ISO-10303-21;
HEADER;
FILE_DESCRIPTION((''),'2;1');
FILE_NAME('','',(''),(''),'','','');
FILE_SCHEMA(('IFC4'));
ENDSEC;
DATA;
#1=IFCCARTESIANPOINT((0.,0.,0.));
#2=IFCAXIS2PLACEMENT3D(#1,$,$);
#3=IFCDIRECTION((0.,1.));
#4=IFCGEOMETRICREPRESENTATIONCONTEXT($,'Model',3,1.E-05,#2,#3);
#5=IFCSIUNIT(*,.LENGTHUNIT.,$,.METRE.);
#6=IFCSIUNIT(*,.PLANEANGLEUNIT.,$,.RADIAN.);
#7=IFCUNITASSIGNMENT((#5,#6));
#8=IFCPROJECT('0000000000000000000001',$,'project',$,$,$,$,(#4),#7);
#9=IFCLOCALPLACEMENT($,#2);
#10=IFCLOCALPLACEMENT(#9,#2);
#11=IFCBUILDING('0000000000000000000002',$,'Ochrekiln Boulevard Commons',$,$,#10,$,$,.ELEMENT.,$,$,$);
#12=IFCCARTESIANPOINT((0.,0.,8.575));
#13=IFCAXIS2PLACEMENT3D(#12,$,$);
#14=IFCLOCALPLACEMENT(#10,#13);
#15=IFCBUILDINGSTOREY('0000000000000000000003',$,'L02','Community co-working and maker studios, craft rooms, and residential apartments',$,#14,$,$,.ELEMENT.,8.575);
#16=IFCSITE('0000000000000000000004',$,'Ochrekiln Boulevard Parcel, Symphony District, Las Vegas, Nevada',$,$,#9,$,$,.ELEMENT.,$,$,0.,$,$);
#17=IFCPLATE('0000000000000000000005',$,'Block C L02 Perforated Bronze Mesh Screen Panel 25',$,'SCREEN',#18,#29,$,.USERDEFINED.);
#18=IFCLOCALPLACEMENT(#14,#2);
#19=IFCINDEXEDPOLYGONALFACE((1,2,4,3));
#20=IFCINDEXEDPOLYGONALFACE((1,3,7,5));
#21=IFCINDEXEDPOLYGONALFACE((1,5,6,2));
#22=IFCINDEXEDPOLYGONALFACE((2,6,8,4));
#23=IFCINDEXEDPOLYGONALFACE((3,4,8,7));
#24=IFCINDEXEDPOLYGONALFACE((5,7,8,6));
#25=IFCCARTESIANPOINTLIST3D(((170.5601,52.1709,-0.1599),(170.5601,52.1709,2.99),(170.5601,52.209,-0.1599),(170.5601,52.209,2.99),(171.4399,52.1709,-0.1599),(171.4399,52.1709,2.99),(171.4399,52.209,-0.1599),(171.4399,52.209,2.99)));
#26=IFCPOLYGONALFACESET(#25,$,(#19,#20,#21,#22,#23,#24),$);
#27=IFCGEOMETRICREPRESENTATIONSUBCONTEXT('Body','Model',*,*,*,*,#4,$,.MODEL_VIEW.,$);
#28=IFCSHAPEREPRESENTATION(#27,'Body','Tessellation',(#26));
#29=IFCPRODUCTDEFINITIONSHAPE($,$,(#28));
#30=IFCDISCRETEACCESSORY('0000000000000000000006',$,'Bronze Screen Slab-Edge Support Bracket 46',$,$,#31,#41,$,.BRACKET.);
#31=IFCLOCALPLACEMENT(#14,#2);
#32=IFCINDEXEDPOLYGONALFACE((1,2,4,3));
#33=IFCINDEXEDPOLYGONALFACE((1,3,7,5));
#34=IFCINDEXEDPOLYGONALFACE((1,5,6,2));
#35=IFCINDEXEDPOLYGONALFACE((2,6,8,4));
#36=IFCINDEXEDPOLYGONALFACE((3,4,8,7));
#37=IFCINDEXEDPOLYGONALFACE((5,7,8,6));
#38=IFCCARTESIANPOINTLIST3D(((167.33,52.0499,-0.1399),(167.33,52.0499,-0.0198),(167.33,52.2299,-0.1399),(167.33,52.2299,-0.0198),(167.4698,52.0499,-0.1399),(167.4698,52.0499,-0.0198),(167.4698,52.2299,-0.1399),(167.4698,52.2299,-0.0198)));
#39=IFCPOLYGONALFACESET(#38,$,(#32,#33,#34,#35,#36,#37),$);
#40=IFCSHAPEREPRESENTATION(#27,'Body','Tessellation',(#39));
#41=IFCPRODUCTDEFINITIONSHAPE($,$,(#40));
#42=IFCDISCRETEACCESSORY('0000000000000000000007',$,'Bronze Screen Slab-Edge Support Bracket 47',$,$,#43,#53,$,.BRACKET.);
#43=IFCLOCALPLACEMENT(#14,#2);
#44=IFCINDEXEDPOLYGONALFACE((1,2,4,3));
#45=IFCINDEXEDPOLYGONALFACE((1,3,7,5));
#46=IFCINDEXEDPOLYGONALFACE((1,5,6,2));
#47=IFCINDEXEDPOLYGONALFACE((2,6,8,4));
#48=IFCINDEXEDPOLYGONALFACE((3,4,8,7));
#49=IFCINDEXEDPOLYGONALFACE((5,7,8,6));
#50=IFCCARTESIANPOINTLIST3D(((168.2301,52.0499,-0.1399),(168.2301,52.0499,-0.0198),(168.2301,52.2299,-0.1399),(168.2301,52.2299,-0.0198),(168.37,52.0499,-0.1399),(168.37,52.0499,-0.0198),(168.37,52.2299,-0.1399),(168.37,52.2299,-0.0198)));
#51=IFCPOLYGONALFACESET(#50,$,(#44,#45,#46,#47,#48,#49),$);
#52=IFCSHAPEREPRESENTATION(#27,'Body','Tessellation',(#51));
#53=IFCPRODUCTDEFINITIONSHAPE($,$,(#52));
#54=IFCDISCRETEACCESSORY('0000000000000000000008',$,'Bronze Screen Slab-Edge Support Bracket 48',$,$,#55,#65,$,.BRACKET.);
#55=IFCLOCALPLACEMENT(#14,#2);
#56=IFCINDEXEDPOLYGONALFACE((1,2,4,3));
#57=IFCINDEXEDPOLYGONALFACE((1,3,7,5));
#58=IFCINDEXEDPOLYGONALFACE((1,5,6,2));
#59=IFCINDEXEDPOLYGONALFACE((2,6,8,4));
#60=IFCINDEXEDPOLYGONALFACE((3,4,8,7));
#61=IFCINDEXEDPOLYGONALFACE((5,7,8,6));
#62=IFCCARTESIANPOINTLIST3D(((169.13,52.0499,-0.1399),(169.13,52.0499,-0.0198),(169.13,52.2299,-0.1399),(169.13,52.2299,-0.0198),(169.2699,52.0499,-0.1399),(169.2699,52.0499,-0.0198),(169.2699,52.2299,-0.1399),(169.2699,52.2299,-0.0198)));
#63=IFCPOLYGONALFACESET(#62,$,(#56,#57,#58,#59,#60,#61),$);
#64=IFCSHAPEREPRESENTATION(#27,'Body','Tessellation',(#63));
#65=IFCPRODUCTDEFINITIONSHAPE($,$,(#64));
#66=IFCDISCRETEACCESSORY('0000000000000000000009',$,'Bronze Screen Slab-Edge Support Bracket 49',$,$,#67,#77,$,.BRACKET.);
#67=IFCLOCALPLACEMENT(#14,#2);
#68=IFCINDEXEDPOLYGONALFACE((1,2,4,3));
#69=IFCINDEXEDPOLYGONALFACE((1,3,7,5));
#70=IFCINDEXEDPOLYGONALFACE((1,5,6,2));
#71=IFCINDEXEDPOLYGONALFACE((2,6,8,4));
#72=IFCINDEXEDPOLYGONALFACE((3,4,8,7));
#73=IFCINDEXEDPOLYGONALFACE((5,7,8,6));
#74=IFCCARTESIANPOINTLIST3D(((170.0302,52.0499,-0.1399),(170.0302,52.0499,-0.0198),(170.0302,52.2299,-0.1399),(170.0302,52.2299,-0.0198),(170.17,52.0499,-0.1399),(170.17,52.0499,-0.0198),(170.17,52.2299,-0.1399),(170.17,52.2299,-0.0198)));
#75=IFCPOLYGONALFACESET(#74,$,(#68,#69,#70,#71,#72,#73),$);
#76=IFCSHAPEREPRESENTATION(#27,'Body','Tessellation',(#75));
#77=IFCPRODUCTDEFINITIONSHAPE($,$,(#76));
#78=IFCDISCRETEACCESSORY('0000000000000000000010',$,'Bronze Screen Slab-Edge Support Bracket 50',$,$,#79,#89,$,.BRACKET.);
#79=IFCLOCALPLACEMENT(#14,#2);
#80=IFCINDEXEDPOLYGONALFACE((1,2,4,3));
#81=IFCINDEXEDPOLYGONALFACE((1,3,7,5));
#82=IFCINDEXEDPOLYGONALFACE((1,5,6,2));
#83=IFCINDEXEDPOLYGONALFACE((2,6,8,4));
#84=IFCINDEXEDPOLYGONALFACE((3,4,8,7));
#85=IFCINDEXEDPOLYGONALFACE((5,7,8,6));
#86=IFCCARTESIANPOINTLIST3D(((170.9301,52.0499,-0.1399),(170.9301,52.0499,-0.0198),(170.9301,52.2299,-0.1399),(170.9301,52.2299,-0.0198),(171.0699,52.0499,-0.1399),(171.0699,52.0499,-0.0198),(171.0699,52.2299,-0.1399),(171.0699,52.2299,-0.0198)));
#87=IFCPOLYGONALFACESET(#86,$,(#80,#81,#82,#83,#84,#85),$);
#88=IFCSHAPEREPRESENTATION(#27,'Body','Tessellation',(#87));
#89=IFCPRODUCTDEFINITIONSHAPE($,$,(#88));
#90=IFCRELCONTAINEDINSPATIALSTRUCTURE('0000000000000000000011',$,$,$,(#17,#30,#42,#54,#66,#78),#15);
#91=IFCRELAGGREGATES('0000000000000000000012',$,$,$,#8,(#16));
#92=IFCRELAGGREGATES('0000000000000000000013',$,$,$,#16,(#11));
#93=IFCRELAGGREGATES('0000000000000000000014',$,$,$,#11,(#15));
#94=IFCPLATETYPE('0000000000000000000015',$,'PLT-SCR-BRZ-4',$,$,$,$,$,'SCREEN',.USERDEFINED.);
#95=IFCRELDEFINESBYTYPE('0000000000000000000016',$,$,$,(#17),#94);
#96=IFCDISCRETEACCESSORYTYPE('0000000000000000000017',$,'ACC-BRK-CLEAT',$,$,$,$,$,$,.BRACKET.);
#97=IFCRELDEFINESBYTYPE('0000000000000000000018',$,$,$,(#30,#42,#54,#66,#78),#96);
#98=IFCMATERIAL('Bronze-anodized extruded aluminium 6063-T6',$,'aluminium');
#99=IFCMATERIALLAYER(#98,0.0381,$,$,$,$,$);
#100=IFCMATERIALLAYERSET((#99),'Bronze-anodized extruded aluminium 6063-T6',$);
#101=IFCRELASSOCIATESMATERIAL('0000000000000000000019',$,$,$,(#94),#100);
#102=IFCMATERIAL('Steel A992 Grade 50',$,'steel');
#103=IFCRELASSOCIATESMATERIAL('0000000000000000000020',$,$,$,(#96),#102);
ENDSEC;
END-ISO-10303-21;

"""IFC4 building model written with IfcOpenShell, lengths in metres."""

from ifc_helpers import new_model, si_unit, direction, frame, origin, origin_2d, place, context, subcontext, project, spatial, rectangle, extrude, material, layer, layer_set, type_object, element, save


model = new_model("IFC4")

# Units and contexts
model_context = context("Model", 3, precision=1e-05, world=origin(), true_north=direction((0.0, 1.0)))
body_context = subcontext(model_context, "Body", "Model", "MODEL_VIEW")
ifc_project = project(units=[si_unit("LENGTHUNIT", "METRE"), si_unit("PLANEANGLEUNIT", "RADIAN")], contexts=[model_context])

# Site, building, storey
site_placement = place(None, origin())
site = spatial("IfcSite", under=ifc_project, at=site_placement, Name="Ochrekiln Boulevard Parcel, Symphony District, Las Vegas, Nevada", CompositionType="ELEMENT", RefElevation=0.0)
building_placement = place(site_placement, origin())
building = spatial("IfcBuilding", under=site, at=building_placement, Name="Ochrekiln Boulevard Commons", CompositionType="ELEMENT")
storey_placement = place(building_placement, frame((0.0, 0.0, 8.575)))
storey = spatial("IfcBuildingStorey", under=building, at=storey_placement, Name="L02", Description="Community co-working and maker studios, craft rooms, and residential apartments", CompositionType="ELEMENT", Elevation=8.575)

# Shared definitions
ifc_material_1 = material(Name="Bronze-anodized extruded aluminium 6063-T6", Category="aluminium")

# Plate
ifc_layer_1 = layer(ifc_material_1, 0.0381)
ifc_layer_set_1 = layer_set([ifc_layer_1], Name="Bronze-anodized extruded aluminium 6063-T6")
plate_type = type_object("IfcPlateType", Name="PLT-SCR-BRZ-4", ElementType="SCREEN", PredefinedType="USERDEFINED", material=ifc_layer_set_1)
for number, where, z_axis, x_axis, name in (
    (1, (171.0, 52.1899, -0.1599), (0.0, 0.0, 1.0), (1.0, 0.0, 0.0), "Block C L02 Perforated Bronze Mesh Screen Panel 25"),
):
    element("IfcPlate", number, at=place(storey_placement, frame(where, z_axis=z_axis, x_axis=x_axis)), inside=storey, type_object=plate_type, Name=name, ObjectType="SCREEN", PredefinedType="USERDEFINED", context=body_context, shape_type="SweptSolid", body=[
        extrude(rectangle(XDim=0.8799, YDim=0.0381, at=origin_2d()), origin(), (0.0, 0.0, 1.0), 3.1499),
    ])

# Discrete accessories
ifc_material_2 = material(Name="Steel A992 Grade 50", Category="steel")
discrete_accessory_type = type_object("IfcDiscreteAccessoryType", Name="ACC-BRK-CLEAT", PredefinedType="BRACKET", material=ifc_material_2)
for number, where, z_axis, x_axis, name in (
    (2, (167.3999, 52.1399, -0.1399), (0.0, 0.0, 1.0), (1.0, 0.0, 0.0), "Bronze Screen Slab-Edge Support Bracket 46"),
    (3, (168.3, 52.1399, -0.1399), (0.0, 0.0, 1.0), (1.0, 0.0, 0.0), "Bronze Screen Slab-Edge Support Bracket 47"),
    (4, (169.2, 52.1399, -0.1399), (0.0, 0.0, 1.0), (1.0, 0.0, 0.0), "Bronze Screen Slab-Edge Support Bracket 48"),
    (5, (170.1001, 52.1399, -0.1399), (0.0, 0.0, 1.0), (1.0, 0.0, 0.0), "Bronze Screen Slab-Edge Support Bracket 49"),
    (6, (171.0, 52.1399, -0.1399), (0.0, 0.0, 1.0), (1.0, 0.0, 0.0), "Bronze Screen Slab-Edge Support Bracket 50"),
):
    element("IfcDiscreteAccessory", number, at=place(storey_placement, frame(where, z_axis=z_axis, x_axis=x_axis)), inside=storey, type_object=discrete_accessory_type, Name=name, PredefinedType="BRACKET", context=body_context, shape_type="SweptSolid", body=[
        extrude(rectangle(XDim=0.1399, YDim=0.1799, at=origin_2d()), origin(), (0.0, 0.0, 1.0), 0.1201),
    ])

save(model, "model.ifc")
